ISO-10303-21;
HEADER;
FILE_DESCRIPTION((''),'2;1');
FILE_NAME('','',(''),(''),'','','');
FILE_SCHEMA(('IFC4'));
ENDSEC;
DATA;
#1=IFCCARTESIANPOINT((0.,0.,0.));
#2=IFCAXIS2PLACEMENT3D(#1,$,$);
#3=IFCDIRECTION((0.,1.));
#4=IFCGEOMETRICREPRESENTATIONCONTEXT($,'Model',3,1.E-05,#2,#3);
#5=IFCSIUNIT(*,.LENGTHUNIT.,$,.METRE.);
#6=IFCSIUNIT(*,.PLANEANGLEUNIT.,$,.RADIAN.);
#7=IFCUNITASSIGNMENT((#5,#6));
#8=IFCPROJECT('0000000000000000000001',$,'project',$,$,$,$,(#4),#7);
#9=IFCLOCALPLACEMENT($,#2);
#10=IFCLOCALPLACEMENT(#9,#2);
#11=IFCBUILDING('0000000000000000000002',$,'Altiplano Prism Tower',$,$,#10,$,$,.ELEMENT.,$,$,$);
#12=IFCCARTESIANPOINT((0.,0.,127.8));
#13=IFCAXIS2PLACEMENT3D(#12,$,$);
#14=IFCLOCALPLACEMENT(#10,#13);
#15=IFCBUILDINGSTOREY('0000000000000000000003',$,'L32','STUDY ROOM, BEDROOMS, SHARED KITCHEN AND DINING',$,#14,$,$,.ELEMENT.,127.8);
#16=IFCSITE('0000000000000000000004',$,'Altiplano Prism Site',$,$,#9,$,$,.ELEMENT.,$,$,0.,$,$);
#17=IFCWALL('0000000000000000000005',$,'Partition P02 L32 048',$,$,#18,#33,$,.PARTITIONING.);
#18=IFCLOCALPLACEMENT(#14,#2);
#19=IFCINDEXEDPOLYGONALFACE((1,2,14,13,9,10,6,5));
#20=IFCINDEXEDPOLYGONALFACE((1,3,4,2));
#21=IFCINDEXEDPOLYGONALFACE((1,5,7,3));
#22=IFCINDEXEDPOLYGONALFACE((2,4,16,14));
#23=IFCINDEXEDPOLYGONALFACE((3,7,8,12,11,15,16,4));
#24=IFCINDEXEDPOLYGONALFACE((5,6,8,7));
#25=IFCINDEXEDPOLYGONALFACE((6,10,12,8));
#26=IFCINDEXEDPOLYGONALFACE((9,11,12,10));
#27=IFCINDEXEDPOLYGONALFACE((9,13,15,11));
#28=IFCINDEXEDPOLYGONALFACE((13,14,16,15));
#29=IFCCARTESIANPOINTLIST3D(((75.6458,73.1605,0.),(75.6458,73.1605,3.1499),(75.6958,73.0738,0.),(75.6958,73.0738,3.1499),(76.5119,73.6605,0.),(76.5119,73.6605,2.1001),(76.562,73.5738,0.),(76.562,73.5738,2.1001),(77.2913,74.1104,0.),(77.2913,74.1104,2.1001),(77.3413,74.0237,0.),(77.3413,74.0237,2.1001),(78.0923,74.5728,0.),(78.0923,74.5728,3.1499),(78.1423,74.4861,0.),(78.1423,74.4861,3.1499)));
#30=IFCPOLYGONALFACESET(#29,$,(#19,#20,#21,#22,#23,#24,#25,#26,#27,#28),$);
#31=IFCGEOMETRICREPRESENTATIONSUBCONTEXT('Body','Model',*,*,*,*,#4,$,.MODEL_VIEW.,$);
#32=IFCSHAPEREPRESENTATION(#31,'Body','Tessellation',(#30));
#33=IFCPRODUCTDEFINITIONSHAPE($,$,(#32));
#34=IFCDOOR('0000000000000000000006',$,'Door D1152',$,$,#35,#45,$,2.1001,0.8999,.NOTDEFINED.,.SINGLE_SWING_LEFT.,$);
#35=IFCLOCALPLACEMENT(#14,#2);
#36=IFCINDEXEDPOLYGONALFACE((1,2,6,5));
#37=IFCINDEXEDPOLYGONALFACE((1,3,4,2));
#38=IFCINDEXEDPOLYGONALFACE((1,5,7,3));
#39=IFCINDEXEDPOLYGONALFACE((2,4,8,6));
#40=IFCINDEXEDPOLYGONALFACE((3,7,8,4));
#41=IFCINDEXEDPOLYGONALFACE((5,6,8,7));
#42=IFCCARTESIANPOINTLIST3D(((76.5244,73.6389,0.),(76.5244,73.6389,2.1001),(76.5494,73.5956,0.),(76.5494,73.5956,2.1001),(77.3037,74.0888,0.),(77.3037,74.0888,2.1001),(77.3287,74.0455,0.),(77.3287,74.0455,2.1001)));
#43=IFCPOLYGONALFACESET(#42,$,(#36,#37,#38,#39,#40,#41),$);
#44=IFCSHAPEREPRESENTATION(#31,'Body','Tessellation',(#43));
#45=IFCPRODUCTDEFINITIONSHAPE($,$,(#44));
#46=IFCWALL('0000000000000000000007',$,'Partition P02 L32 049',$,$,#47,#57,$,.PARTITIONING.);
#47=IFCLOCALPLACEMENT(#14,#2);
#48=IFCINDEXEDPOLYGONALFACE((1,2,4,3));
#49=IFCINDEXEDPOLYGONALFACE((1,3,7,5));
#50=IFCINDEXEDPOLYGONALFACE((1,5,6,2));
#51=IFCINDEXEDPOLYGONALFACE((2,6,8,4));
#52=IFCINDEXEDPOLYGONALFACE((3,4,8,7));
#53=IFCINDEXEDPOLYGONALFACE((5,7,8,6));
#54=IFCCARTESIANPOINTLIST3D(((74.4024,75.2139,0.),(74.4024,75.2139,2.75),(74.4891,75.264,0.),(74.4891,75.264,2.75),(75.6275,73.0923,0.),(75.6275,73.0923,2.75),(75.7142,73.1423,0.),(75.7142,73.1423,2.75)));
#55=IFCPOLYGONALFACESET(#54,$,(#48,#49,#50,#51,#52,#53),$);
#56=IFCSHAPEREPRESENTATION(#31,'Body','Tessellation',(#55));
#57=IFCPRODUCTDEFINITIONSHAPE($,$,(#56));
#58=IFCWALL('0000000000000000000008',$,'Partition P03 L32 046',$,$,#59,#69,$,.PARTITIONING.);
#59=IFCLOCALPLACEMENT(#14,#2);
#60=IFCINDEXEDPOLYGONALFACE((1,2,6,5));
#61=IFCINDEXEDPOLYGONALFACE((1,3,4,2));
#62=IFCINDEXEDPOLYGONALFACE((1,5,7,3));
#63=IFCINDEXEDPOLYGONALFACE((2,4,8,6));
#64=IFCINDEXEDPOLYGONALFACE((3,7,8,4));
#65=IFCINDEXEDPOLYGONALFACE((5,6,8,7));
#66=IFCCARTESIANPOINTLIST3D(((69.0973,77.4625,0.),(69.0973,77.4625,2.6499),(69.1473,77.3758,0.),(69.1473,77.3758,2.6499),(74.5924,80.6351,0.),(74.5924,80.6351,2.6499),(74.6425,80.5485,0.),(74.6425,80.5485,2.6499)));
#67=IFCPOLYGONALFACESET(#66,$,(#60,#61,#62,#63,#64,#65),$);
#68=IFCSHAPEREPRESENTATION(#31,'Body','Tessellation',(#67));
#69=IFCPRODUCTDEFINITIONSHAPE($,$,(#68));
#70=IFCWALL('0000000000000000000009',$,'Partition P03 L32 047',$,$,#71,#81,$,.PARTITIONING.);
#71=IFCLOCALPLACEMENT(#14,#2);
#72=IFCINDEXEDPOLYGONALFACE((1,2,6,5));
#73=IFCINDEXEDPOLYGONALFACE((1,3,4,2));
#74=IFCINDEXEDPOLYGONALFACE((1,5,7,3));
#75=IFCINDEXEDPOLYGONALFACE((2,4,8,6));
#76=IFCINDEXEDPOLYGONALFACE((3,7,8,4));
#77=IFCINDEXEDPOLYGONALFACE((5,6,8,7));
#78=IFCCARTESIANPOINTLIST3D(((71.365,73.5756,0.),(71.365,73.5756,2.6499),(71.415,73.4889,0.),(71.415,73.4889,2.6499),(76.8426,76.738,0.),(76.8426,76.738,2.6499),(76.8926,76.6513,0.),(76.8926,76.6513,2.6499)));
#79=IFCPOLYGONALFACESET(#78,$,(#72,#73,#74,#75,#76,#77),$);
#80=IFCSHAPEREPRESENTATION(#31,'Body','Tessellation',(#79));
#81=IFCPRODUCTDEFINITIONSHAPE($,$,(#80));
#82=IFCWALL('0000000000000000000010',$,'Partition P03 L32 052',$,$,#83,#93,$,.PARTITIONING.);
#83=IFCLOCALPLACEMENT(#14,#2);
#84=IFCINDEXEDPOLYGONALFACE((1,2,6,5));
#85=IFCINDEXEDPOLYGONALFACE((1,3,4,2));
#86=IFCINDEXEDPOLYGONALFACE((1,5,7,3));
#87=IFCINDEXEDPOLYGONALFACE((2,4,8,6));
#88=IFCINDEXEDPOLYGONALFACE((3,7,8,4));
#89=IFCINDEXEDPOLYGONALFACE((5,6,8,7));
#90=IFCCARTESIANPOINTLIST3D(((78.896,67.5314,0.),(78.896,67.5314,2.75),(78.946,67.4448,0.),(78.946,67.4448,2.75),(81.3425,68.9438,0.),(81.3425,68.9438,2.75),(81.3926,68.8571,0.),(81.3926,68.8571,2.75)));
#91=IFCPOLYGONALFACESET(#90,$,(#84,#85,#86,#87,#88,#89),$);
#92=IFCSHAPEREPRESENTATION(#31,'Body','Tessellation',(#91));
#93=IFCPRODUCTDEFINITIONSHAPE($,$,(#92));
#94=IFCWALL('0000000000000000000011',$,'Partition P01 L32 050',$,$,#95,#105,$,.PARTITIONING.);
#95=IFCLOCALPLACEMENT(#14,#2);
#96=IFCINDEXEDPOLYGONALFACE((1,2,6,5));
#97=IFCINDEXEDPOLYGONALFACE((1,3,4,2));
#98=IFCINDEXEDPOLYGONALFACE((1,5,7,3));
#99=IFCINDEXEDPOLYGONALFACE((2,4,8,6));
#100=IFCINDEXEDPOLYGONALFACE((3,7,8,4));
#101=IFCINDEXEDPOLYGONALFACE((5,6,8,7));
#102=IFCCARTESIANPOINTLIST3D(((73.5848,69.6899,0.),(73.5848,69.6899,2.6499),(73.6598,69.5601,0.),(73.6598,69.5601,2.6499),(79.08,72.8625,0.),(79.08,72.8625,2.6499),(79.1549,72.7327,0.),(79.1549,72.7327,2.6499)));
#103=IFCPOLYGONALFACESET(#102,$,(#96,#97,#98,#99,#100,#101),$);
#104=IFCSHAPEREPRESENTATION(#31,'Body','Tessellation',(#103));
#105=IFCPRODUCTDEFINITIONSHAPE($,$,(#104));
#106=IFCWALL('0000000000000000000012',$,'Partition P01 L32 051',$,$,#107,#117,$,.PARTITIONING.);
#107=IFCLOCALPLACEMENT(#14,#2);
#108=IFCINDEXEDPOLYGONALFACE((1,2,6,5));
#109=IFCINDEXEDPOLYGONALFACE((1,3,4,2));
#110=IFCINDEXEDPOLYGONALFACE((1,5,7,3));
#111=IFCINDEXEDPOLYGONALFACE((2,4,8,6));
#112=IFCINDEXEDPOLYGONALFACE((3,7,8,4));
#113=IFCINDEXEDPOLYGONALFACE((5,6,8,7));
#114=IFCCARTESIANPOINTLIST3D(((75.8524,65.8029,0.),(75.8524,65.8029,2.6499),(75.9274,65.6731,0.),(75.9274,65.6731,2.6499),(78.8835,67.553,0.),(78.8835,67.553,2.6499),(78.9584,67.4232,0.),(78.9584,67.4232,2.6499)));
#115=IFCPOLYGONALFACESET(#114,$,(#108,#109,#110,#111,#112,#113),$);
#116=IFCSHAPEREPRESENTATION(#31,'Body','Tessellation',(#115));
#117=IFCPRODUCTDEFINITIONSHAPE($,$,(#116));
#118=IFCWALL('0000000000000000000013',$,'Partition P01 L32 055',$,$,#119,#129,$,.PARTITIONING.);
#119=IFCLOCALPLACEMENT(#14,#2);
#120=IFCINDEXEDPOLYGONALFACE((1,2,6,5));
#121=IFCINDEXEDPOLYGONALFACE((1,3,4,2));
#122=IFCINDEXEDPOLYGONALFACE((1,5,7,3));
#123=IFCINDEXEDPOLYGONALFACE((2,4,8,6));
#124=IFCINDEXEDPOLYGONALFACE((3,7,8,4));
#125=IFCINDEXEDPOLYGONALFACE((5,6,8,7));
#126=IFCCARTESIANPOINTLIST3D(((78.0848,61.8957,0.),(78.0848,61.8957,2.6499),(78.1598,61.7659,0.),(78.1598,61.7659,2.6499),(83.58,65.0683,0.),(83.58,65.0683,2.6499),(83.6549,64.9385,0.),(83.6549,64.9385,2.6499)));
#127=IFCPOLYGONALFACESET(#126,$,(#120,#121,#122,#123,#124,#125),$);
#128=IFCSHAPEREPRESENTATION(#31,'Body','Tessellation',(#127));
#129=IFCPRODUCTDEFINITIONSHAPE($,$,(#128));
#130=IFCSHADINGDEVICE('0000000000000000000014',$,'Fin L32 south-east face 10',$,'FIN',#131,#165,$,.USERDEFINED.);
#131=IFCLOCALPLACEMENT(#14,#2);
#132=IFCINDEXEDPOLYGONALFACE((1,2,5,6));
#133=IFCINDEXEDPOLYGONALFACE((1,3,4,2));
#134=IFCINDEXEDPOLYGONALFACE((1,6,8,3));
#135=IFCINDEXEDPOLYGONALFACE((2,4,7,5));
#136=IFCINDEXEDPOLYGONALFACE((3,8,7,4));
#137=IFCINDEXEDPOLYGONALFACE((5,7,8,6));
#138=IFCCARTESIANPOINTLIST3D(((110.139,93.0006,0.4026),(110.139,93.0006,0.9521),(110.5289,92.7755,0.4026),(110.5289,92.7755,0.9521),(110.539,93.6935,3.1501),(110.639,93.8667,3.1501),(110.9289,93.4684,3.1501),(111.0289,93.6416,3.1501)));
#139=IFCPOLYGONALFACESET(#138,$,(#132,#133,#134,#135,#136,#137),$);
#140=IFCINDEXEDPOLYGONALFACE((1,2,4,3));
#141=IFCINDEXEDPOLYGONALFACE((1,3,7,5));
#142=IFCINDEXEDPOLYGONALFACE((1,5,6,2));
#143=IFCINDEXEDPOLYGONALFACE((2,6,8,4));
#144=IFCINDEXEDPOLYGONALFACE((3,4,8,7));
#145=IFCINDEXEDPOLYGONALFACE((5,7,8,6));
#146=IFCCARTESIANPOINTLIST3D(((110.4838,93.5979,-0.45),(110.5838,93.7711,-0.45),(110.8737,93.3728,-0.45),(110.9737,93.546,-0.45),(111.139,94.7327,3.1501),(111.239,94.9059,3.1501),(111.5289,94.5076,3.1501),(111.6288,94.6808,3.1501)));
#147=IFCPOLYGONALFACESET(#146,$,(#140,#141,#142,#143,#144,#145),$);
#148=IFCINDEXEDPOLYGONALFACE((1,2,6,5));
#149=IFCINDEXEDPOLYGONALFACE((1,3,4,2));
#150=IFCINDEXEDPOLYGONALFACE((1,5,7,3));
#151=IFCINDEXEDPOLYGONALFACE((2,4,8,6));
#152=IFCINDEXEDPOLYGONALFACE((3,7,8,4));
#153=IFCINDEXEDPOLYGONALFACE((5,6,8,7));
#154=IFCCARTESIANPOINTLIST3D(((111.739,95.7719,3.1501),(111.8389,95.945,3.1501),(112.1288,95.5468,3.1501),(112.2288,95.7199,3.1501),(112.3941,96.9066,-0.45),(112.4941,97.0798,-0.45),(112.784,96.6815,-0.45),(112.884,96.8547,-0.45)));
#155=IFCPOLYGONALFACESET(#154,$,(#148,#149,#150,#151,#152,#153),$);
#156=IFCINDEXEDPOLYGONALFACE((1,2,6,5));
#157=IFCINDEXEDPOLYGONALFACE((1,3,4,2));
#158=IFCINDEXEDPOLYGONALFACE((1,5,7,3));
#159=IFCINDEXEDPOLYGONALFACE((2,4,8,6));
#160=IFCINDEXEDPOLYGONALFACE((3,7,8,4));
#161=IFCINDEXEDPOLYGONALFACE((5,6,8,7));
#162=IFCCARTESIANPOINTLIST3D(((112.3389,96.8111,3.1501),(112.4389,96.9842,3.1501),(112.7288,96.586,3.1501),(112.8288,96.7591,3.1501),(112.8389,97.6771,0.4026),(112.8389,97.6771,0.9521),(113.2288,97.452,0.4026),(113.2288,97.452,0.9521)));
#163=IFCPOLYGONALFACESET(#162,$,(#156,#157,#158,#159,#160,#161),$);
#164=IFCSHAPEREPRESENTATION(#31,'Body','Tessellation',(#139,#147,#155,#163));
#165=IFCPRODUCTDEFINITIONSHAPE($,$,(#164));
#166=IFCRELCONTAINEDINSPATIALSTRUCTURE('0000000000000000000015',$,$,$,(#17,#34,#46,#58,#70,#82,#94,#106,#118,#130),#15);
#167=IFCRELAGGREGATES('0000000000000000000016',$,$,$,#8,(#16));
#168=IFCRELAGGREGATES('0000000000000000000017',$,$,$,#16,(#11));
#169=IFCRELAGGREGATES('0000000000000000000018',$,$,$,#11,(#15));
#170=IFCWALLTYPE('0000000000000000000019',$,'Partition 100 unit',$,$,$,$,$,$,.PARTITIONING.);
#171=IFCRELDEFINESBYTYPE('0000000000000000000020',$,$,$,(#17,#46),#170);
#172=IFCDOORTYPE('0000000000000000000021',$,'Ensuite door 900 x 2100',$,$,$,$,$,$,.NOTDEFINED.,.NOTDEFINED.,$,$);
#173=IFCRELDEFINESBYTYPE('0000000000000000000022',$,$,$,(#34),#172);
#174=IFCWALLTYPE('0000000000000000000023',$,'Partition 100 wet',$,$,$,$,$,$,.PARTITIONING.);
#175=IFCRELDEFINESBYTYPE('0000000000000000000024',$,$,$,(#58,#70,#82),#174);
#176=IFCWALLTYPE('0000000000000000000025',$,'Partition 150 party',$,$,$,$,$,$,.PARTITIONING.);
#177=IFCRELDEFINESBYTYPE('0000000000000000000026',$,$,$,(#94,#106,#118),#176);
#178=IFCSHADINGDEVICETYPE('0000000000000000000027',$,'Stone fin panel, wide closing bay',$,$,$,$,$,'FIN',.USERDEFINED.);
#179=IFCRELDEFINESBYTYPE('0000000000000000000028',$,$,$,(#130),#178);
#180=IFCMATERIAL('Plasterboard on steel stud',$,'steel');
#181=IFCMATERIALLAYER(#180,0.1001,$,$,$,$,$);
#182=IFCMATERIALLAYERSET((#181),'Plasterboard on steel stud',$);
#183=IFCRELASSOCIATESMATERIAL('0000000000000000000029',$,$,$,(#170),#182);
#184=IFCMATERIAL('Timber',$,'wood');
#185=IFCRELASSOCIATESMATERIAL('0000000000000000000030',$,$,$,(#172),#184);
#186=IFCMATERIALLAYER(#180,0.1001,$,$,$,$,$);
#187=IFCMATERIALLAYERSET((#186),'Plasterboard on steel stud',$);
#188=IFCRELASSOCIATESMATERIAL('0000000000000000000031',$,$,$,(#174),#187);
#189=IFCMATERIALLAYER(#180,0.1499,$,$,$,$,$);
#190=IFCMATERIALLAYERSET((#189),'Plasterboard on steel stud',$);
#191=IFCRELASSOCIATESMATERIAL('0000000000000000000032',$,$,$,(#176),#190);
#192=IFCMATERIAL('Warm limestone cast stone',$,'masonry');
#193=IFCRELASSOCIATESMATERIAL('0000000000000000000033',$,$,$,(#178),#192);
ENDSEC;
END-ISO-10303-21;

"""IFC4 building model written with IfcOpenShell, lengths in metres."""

from ifc_helpers import new_model, si_unit, direction, frame, frame_2d, origin, place, context, subcontext, project, spatial, polyline, rectangle, outline, extrude, source, transform, mapped, material, layer, layer_set, type_object, element, fill, save


model = new_model("IFC4")

# Units and contexts
model_context = context("Model", 3, precision=1e-05, world=origin(), true_north=direction((0.0, 1.0)))
body_context = subcontext(model_context, "Body", "Model", "MODEL_VIEW")
ifc_project = project(units=[si_unit("LENGTHUNIT", "METRE"), si_unit("PLANEANGLEUNIT", "RADIAN")], contexts=[model_context])

# Site, building, storey
site_placement = place(None, origin())
site = spatial("IfcSite", under=ifc_project, at=site_placement, Name="Altiplano Prism Site", CompositionType="ELEMENT", RefElevation=0.0)
building_placement = place(site_placement, origin())
building = spatial("IfcBuilding", under=site, at=building_placement, Name="Altiplano Prism Tower", CompositionType="ELEMENT")
storey_placement = place(building_placement, frame((0.0, 0.0, 127.8)))
storey = spatial("IfcBuildingStorey", under=building, at=storey_placement, Name="L32", Description="STUDY ROOM, BEDROOMS, SHARED KITCHEN AND DINING", CompositionType="ELEMENT", Elevation=127.8)

# Wall, opening, door
ifc_material_1 = material(Name="Plasterboard on steel stud", Category="steel")
ifc_layer_1 = layer(ifc_material_1, 0.1001)
ifc_layer_set_1 = layer_set([ifc_layer_1], Name="Plasterboard on steel stud")
wall_type_1 = type_object("IfcWallType", Name="Partition 100 unit", PredefinedType="PARTITIONING", material=ifc_layer_set_1)
wall_1_placement = place(storey_placement, frame((78.1174, 74.5295, 0.0), z_axis=(0.0, 0.0, 1.0), x_axis=(-0.866049, -0.499959, 0.0)))
wall_1 = element("IfcWall", 1, at=wall_1_placement, inside=storey, type_object=wall_type_1, Name="Partition P02 L32 048", PredefinedType="PARTITIONING", context=body_context, shape_type="SweptSolid", body=[
    extrude(rectangle(XDim=2.825, YDim=0.1001, at=frame_2d((1.4126, 0.0))), origin(), (0.0, 0.0, 1.0), 3.1499),
])
opening_placement = place(wall_1_placement, frame((0.925, 0.0, 0.0)))
opening = element("IfcOpeningElement", 2, at=opening_placement, cuts=wall_1, PredefinedType="OPENING", context=body_context, shape_type="SweptSolid", body=[
    extrude(rectangle(XDim=0.8999, YDim=2.1001, at=frame_2d((0.45, 1.05))), frame((0.0, 0.0605, 0.0), z_axis=(0.0, -1.0, 0.0), x_axis=(1.0, 0.0, 0.0)), (0.0, 0.0, 1.0), 0.1211),
])
ifc_material_2 = material(Name="Timber", Category="wood")
door_type = type_object("IfcDoorType", Name="Ensuite door 900 x 2100", OperationType="NOTDEFINED", PredefinedType="NOTDEFINED", material=ifc_material_2)
door_placement = place(opening_placement, origin())
door = element("IfcDoor", 3, at=door_placement, inside=storey, type_object=door_type, Name="Door D1152", OperationType="SINGLE_SWING_LEFT", OverallHeight=2.1001, OverallWidth=0.8999, PredefinedType="NOTDEFINED", context=body_context, shape_type="SweptSolid", body=[
    extrude(rectangle(XDim=0.8999, YDim=2.1001, at=frame_2d((0.45, 1.05))), frame((0.0, 0.0249, 0.0), z_axis=(0.0, -1.0, 0.0), x_axis=(1.0, 0.0, 0.0)), (0.0, 0.0, 1.0), 0.05),
])
fill(opening, door)

# Walls
wall_2_placement = place(storey_placement, frame((75.6709, 73.1172, 0.0), z_axis=(0.0, 0.0, 1.0), x_axis=(-0.500062, 0.86599, 0.0)))
element("IfcWall", 4, at=wall_2_placement, inside=storey, type_object=wall_type_1, Name="Partition P02 L32 049", PredefinedType="PARTITIONING", context=body_context, shape_type="SweptSolid", body=[
    extrude(rectangle(XDim=2.45, YDim=0.1001, at=frame_2d((1.2251, 0.0))), origin(), (0.0, 0.0, 1.0), 2.75),
])
ifc_layer_2 = layer(ifc_material_1, 0.1001)
ifc_layer_set_2 = layer_set([ifc_layer_2], Name="Plasterboard on steel stud")
wall_type_2 = type_object("IfcWallType", Name="Partition 100 wet", PredefinedType="PARTITIONING", material=ifc_layer_set_2)
wall_3_placement = place(storey_placement, frame((69.1223, 77.4192, 0.0), z_axis=(0.0, 0.0, 1.0), x_axis=(0.866025, 0.5, 0.0)))
element("IfcWall", 5, at=wall_3_placement, inside=storey, type_object=wall_type_2, Name="Partition P03 L32 046", PredefinedType="PARTITIONING", context=body_context, shape_type="SweptSolid", body=[
    extrude(rectangle(XDim=6.3452, YDim=0.1001, at=frame_2d((3.1726, 0.0))), origin(), (0.0, 0.0, 1.0), 2.6499),
])
wall_4_placement = place(storey_placement, frame((71.3899, 73.5322, 0.0), z_axis=(0.0, 0.0, 1.0), x_axis=(0.866033, 0.499988, 0.0)))
element("IfcWall", 6, at=wall_4_placement, inside=storey, type_object=wall_type_2, Name="Partition P03 L32 047", PredefinedType="PARTITIONING", context=body_context, shape_type="SweptSolid", body=[
    extrude(rectangle(XDim=6.325, YDim=0.1001, at=frame_2d((3.1626, 0.0))), origin(), (0.0, 0.0, 1.0), 2.6499),
])
wall_5_placement = place(storey_placement, frame((78.9209, 67.488, 0.0), z_axis=(0.0, 0.0, 1.0), x_axis=(0.866049, 0.499959, 0.0)))
element("IfcWall", 7, at=wall_5_placement, inside=storey, type_object=wall_type_2, Name="Partition P03 L32 052", PredefinedType="PARTITIONING", context=body_context, shape_type="SweptSolid", body=[
    extrude(rectangle(XDim=2.825, YDim=0.1001, at=frame_2d((1.4126, 0.0))), origin(), (0.0, 0.0, 1.0), 2.75),
])
ifc_layer_3 = layer(ifc_material_1, 0.1499)
ifc_layer_set_3 = layer_set([ifc_layer_3], Name="Plasterboard on steel stud")
wall_type_3 = type_object("IfcWallType", Name="Partition 150 party", PredefinedType="PARTITIONING", material=ifc_layer_set_3)
wall_6_placement = place(storey_placement, frame((73.6223, 69.625, 0.0), z_axis=(0.0, 0.0, 1.0), x_axis=(0.866025, 0.5, 0.0)))
element("IfcWall", 8, at=wall_6_placement, inside=storey, type_object=wall_type_3, Name="Partition P01 L32 050", PredefinedType="PARTITIONING", context=body_context, shape_type="SweptSolid", body=[
    extrude(rectangle(XDim=6.3452, YDim=0.1499, at=frame_2d((3.1726, 0.0))), origin(), (0.0, 0.0, 1.0), 2.6499),
])
wall_7_placement = place(storey_placement, frame((75.8899, 65.738, 0.0), z_axis=(0.0, 0.0, 1.0), x_axis=(0.866019, 0.50001, 0.0)))
element("IfcWall", 9, at=wall_7_placement, inside=storey, type_object=wall_type_3, Name="Partition P01 L32 051", PredefinedType="PARTITIONING", context=body_context, shape_type="SweptSolid", body=[
    extrude(rectangle(XDim=3.5, YDim=0.1499, at=frame_2d((1.75, 0.0))), origin(), (0.0, 0.0, 1.0), 2.6499),
])
wall_8_placement = place(storey_placement, frame((78.1223, 61.8308, 0.0), z_axis=(0.0, 0.0, 1.0), x_axis=(0.866025, 0.5, 0.0)))
element("IfcWall", 10, at=wall_8_placement, inside=storey, type_object=wall_type_3, Name="Partition P01 L32 055", PredefinedType="PARTITIONING", context=body_context, shape_type="SweptSolid", body=[
    extrude(rectangle(XDim=6.3452, YDim=0.1499, at=frame_2d((3.1726, 0.0))), origin(), (0.0, 0.0, 1.0), 2.6499),
])

# Shading device
ifc_material_3 = material(Name="Warm limestone cast stone", Category="masonry")
shading_device_type_1 = type_object("IfcShadingDeviceType", Name="Stone fin panel, wide closing bay", ElementType="FIN", PredefinedType="USERDEFINED", material=ifc_material_3)
shared_shape_1 = source(origin(), body_context, "Body", "SweptSolid", [
    extrude(outline(polyline([(-2.7, 0.8525), (-1.7, 3.6001), (-1.8999, 3.6001), (-2.7, 1.4021), (-2.7, 0.8525)])), frame((0.0, -0.1499, 0.0), z_axis=(0.0, -1.0, 0.0), x_axis=(1.0, 0.0, 0.0)), (0.0, 0.0, 1.0), 0.4502),
    extrude(outline(polyline([(-2.0103, 0.0), (-1.8103, 0.0), (-0.5, 3.6001), (-0.7, 3.6001), (-2.0103, 0.0)])), frame((0.0, -0.1499, 0.0), z_axis=(0.0, -1.0, 0.0), x_axis=(1.0, 0.0, 0.0)), (0.0, 0.0, 1.0), 0.4502),
    extrude(outline(polyline([(1.8103, 0.0), (2.0103, 0.0), (0.7, 3.6001), (0.5, 3.6001), (1.8103, 0.0)])), frame((0.0, -0.1499, 0.0), z_axis=(0.0, -1.0, 0.0), x_axis=(1.0, 0.0, 0.0)), (0.0, 0.0, 1.0), 0.4502),
    extrude(outline(polyline([(2.7, 1.4021), (1.8999, 3.6001), (1.7, 3.6001), (2.7, 0.8525), (2.7, 1.4021)])), frame((0.0, -0.1499, 0.0), z_axis=(0.0, -1.0, 0.0), x_axis=(1.0, 0.0, 0.0)), (0.0, 0.0, 1.0), 0.4502),
])
shading_device_1_placement = place(storey_placement, origin())
element("IfcShadingDevice", 11, at=shading_device_1_placement, inside=storey, type_object=shading_device_type_1, Name="Fin L32 south-east face 10", ObjectType="FIN", PredefinedType="USERDEFINED", context=body_context, shape_type="MappedRepresentation", body=[
    mapped(shared_shape_1, transform((111.3591, 95.4138, -0.45), x_axis=(0.5, 0.866025, 0.0), y_axis=(-0.866025, 0.5, 0.0), z_axis=(0.0, 0.0, 1.0))),
])

save(model, "model.ifc")
